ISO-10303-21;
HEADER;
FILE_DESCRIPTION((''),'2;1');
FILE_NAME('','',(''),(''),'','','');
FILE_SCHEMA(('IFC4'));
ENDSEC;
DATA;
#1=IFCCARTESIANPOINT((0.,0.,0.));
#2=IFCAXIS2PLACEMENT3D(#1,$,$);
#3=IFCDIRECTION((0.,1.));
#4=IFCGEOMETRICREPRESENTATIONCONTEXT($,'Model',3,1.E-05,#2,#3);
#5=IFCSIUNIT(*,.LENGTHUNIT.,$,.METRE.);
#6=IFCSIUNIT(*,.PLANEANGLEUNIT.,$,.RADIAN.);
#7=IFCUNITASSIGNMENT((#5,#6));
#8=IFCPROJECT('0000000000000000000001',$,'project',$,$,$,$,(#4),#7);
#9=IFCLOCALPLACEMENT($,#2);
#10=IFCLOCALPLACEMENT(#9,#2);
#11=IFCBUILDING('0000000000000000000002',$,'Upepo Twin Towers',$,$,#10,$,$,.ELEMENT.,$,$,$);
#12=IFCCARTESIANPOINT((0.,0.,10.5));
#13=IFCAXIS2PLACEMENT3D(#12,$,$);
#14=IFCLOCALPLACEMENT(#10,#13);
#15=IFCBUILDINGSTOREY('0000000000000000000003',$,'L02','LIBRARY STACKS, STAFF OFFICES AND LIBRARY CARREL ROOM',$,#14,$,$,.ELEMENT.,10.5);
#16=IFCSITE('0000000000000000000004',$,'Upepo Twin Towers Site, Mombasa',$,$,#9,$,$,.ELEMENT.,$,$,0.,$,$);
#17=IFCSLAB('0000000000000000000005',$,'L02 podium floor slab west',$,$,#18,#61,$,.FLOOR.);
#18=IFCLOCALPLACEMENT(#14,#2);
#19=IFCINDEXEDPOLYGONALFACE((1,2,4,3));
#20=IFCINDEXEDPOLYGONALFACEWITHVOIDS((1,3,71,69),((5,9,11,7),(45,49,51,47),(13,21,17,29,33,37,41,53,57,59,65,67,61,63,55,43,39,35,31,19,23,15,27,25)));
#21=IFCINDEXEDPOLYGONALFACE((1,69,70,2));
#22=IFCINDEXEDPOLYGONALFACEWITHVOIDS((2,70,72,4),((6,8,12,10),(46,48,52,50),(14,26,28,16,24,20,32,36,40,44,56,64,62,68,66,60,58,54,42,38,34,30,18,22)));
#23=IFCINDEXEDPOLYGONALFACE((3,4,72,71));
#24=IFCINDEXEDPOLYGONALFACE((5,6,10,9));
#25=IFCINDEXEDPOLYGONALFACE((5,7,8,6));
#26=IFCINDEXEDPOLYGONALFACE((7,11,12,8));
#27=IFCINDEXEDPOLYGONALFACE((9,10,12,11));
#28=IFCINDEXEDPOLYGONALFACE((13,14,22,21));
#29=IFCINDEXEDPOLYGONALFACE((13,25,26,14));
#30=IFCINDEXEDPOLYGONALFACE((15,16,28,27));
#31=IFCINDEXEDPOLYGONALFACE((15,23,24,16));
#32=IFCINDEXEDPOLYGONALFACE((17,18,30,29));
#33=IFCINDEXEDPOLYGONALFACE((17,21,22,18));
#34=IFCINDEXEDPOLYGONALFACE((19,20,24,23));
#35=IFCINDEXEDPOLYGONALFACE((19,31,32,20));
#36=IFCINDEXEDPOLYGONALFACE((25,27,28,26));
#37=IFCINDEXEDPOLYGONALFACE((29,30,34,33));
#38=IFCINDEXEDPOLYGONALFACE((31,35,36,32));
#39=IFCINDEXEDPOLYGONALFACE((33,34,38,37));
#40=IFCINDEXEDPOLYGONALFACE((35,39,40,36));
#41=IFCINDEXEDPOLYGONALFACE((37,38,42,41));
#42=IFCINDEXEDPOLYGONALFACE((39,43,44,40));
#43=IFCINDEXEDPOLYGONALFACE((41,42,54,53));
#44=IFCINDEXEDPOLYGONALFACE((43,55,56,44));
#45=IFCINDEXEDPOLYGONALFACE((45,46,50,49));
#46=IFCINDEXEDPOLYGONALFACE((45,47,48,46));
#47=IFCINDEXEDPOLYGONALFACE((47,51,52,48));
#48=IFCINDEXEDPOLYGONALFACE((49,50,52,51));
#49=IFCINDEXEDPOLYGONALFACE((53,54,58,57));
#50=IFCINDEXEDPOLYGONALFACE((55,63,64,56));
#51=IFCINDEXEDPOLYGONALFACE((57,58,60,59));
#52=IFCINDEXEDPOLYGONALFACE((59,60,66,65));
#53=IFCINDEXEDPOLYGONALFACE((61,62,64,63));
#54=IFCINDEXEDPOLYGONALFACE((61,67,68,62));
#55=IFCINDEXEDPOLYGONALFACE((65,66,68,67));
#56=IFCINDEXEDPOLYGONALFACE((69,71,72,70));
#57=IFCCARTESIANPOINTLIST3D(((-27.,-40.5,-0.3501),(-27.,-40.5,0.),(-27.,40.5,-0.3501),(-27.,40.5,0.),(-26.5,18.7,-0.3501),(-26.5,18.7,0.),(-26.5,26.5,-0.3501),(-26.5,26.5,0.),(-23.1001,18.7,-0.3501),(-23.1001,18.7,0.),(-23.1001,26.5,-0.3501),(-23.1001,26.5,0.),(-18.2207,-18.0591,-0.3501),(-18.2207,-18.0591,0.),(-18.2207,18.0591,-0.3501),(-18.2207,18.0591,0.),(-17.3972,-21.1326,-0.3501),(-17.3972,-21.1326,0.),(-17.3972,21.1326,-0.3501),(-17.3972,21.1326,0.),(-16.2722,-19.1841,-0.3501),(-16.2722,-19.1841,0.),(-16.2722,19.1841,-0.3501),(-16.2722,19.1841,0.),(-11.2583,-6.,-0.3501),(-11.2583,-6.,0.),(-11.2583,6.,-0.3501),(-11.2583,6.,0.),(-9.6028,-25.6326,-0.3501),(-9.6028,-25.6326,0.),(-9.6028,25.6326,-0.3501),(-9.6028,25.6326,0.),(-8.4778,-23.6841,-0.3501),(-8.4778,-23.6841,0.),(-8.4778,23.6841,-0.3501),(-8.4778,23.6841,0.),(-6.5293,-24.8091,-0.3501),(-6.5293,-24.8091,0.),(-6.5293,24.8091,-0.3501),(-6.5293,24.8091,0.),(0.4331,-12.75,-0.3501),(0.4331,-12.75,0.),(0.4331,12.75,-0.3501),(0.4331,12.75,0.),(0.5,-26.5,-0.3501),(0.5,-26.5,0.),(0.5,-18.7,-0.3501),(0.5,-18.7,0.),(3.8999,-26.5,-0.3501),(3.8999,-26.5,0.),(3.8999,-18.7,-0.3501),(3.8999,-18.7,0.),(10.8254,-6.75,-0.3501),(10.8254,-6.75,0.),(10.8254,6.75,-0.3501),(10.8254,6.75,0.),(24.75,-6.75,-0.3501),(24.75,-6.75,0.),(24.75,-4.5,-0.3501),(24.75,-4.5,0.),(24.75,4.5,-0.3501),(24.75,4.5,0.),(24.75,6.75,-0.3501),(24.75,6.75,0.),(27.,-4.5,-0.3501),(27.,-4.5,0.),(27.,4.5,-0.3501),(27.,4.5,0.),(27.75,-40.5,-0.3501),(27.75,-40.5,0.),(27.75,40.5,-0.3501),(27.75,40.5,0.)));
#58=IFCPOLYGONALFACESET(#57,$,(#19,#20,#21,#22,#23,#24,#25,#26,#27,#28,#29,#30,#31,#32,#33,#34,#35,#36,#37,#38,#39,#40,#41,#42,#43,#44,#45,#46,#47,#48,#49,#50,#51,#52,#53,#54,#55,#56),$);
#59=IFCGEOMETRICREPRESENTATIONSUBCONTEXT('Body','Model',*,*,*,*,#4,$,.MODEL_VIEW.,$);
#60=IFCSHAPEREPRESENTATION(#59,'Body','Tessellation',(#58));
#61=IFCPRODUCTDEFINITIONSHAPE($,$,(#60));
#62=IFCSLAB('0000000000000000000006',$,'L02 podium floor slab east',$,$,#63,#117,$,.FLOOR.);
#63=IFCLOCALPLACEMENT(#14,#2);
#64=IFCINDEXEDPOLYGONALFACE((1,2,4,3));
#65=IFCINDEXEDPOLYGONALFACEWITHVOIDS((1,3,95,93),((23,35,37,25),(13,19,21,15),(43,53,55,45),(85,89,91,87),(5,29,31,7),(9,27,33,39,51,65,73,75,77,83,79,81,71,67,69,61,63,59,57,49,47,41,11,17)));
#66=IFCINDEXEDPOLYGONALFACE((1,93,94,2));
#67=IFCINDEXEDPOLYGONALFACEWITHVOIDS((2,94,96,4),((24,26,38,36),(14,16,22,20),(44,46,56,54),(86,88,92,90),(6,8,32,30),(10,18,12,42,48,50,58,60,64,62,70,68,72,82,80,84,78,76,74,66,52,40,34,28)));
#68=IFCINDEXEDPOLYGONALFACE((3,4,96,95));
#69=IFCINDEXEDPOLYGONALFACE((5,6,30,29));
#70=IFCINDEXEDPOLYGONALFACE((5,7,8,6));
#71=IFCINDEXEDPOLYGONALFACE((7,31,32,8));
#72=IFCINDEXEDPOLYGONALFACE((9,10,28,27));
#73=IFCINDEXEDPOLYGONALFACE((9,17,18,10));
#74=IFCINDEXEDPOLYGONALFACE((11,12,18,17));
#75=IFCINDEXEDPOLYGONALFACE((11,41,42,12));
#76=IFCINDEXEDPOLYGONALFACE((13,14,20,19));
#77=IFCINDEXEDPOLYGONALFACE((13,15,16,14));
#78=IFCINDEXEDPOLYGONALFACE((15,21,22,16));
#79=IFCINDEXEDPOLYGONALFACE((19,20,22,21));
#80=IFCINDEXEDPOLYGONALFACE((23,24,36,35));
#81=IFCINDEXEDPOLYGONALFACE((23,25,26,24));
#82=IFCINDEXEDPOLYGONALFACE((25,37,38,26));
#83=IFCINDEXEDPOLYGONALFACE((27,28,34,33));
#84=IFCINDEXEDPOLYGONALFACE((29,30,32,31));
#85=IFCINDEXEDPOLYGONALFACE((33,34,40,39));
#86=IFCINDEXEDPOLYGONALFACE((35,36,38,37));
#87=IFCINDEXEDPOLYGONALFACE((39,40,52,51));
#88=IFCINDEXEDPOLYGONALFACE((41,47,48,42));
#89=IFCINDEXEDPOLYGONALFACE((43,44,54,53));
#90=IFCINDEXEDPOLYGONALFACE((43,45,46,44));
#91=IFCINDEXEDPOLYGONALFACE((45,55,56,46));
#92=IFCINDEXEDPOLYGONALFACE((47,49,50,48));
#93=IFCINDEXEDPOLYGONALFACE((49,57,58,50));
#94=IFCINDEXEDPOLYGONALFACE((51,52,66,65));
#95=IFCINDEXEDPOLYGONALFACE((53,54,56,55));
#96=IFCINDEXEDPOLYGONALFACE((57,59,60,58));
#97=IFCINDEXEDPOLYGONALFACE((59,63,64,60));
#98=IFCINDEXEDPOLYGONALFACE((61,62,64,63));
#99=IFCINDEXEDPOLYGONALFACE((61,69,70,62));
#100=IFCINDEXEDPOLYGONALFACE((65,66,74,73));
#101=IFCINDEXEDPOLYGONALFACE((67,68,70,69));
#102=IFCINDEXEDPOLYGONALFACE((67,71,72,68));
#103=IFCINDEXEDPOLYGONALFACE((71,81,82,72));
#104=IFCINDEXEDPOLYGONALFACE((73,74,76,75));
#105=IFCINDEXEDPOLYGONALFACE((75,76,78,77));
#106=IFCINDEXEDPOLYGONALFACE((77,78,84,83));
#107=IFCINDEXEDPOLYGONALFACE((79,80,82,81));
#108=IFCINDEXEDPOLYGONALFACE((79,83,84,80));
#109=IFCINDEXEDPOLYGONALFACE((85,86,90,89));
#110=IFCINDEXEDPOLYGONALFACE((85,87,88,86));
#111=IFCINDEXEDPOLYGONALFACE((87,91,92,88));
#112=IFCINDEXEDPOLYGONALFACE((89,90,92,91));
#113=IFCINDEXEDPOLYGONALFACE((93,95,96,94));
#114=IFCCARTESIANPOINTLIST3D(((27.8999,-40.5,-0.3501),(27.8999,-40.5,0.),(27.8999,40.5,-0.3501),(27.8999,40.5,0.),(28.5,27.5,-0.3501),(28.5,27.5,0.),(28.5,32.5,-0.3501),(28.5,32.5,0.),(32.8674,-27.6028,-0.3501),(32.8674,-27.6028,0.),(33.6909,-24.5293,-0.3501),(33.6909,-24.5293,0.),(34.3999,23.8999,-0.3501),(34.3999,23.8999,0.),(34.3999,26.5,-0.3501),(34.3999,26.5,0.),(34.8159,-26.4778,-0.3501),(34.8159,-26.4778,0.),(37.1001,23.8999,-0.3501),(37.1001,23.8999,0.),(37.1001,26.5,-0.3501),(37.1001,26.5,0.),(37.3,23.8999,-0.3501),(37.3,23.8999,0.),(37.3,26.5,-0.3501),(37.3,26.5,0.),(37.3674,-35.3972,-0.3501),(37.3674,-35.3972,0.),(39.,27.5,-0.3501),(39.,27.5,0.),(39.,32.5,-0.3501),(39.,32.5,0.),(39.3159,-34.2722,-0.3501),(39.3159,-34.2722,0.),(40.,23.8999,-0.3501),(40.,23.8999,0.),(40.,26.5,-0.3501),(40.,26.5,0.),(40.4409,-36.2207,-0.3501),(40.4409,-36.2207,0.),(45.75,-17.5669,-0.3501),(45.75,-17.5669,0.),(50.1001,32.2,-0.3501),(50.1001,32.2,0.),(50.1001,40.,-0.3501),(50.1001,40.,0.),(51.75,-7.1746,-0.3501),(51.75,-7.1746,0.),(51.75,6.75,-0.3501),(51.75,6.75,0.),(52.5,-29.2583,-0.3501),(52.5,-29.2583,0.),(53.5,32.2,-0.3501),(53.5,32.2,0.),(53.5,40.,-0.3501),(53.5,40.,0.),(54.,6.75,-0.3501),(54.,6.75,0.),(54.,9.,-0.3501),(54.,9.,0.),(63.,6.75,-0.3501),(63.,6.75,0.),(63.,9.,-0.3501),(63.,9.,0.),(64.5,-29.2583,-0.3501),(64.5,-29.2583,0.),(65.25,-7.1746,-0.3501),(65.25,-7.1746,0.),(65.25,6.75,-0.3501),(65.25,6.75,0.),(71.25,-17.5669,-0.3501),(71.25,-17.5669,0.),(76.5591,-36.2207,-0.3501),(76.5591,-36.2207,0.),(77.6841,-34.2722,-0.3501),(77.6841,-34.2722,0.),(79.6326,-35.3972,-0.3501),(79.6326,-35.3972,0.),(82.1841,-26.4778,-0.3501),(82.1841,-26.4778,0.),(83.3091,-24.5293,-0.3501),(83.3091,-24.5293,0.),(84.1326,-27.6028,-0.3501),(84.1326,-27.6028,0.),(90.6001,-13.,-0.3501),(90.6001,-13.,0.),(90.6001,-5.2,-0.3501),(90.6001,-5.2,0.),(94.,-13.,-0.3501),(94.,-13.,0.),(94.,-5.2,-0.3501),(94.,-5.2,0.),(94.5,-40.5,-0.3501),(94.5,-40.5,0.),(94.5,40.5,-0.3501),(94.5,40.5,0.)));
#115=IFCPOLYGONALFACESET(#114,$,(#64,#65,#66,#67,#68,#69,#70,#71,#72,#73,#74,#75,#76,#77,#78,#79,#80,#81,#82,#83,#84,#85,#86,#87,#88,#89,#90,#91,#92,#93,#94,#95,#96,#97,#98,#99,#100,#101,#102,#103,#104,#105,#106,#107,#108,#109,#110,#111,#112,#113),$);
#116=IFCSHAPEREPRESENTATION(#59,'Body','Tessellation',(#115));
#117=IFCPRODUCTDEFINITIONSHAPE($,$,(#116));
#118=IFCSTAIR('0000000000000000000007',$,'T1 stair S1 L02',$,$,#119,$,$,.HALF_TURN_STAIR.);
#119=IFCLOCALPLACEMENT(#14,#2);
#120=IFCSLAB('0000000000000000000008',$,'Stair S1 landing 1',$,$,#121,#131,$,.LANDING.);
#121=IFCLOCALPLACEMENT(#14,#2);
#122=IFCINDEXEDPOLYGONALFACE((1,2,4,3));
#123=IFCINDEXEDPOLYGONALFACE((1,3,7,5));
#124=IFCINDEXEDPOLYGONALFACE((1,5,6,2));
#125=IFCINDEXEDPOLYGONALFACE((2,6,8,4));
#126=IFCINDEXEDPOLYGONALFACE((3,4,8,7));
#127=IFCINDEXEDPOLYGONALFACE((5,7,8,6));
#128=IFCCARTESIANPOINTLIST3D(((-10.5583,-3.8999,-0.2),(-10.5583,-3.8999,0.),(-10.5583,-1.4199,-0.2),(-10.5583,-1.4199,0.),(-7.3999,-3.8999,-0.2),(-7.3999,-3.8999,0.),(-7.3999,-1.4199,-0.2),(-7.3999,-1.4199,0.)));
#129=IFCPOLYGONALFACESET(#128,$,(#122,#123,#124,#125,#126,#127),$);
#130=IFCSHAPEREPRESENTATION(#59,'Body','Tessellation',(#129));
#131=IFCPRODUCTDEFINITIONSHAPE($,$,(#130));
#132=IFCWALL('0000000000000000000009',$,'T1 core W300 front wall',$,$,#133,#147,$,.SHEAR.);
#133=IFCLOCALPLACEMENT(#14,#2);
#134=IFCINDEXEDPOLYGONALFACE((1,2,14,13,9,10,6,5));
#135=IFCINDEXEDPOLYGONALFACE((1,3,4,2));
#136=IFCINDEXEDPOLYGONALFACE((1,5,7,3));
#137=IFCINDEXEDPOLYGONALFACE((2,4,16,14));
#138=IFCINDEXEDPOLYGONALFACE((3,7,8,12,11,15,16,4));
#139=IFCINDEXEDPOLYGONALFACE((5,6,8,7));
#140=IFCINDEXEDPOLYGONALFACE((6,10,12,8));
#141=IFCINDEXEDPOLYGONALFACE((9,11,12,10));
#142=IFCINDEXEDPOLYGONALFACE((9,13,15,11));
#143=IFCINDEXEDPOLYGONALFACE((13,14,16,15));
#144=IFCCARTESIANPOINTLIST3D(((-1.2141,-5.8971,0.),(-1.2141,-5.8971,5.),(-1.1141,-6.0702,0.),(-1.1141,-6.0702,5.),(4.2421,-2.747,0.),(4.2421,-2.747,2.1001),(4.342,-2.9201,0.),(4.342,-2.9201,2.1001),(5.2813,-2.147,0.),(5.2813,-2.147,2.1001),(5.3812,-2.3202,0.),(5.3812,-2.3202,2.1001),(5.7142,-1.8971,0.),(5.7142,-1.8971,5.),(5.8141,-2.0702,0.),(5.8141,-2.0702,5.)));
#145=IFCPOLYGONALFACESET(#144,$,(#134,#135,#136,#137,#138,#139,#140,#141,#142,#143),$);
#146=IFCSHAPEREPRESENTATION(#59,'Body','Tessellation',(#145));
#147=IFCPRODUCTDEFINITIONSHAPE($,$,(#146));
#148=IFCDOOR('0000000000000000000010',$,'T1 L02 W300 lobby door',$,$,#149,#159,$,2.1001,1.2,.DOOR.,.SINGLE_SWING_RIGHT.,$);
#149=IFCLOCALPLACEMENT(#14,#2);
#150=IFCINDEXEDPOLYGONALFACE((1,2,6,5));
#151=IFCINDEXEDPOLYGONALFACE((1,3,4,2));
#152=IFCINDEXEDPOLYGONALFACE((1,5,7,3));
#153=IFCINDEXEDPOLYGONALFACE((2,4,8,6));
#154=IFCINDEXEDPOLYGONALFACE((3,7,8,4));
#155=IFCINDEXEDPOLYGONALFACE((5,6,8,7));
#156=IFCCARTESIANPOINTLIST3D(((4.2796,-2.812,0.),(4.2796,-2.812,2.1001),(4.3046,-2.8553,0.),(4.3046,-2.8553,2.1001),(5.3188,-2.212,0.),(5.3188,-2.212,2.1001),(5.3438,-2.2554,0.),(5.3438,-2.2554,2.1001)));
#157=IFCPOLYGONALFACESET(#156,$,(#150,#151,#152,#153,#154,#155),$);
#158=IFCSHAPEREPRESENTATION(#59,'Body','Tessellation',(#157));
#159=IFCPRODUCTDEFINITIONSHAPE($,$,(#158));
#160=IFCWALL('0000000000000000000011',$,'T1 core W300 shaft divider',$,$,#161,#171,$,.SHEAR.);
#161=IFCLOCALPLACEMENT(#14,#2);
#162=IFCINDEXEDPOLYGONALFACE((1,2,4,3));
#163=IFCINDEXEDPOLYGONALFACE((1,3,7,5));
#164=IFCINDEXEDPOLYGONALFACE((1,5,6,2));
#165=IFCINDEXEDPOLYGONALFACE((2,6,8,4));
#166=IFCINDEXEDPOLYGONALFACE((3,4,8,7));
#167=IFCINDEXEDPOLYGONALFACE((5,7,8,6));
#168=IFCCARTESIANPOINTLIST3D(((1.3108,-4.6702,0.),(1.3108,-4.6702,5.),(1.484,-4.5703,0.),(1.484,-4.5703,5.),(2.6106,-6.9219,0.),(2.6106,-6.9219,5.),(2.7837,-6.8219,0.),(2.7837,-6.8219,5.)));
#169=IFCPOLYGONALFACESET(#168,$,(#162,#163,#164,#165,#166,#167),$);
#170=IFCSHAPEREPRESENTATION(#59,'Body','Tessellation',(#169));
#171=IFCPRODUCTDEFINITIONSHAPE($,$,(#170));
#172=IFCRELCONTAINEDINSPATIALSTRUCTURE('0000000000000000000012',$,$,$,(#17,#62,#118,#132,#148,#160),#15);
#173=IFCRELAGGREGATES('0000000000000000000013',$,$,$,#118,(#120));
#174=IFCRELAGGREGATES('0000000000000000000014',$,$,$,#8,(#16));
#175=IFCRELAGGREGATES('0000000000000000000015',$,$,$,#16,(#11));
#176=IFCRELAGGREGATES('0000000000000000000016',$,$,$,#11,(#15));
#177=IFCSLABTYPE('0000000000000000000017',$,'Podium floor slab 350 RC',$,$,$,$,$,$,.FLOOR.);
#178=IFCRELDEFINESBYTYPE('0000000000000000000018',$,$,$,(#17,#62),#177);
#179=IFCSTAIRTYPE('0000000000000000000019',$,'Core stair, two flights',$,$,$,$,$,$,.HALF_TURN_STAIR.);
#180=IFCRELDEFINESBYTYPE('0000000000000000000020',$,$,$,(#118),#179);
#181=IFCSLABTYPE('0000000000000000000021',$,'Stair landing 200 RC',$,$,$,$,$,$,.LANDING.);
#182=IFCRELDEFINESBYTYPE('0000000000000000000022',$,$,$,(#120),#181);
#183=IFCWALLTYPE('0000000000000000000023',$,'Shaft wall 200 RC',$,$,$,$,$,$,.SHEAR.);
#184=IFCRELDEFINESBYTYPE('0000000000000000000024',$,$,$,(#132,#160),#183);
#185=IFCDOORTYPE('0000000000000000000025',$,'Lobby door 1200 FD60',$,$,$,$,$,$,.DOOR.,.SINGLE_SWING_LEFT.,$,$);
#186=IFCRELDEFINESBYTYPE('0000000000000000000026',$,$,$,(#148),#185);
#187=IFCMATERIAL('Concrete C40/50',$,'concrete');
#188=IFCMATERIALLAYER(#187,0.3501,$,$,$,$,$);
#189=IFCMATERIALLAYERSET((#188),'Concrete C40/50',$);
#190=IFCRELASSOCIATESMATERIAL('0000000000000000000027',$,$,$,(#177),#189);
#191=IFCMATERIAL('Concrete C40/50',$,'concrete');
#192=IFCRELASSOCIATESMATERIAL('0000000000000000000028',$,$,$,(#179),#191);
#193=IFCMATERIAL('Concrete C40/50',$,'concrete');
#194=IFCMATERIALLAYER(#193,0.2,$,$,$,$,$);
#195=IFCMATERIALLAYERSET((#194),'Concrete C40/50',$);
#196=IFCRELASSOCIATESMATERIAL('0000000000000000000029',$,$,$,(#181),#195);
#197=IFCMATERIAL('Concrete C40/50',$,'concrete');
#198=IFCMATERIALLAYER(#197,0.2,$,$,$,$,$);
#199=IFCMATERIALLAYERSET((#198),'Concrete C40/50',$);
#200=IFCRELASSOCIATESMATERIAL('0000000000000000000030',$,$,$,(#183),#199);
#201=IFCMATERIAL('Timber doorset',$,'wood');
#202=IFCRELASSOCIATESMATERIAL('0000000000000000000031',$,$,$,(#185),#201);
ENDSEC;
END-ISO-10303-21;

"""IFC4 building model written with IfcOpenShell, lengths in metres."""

from ifc_helpers import new_model, si_unit, direction, frame, frame_2d, origin, place, context, subcontext, project, spatial, polyline, rectangle, outline, extrude, material, layer, layer_set, type_object, element, fill, aggregate, save


model = new_model("IFC4")

# Units and contexts
model_context = context("Model", 3, precision=1e-05, world=origin(), true_north=direction((0.0, 1.0)))
body_context = subcontext(model_context, "Body", "Model", "MODEL_VIEW")
ifc_project = project(units=[si_unit("LENGTHUNIT", "METRE"), si_unit("PLANEANGLEUNIT", "RADIAN")], contexts=[model_context])

# Site, building, storey
site_placement = place(None, origin())
site = spatial("IfcSite", under=ifc_project, at=site_placement, Name="Upepo Twin Towers Site, Mombasa", CompositionType="ELEMENT", RefElevation=0.0)
building_placement = place(site_placement, origin())
building = spatial("IfcBuilding", under=site, at=building_placement, Name="Upepo Twin Towers", CompositionType="ELEMENT")
storey_placement = place(building_placement, frame((0.0, 0.0, 10.5)))
storey = spatial("IfcBuildingStorey", under=building, at=storey_placement, Name="L02", Description="LIBRARY STACKS, STAFF OFFICES AND LIBRARY CARREL ROOM", CompositionType="ELEMENT", Elevation=10.5)

# Slabs
ifc_material_1 = material(Name="Concrete C40/50", Category="concrete")
ifc_layer_1 = layer(ifc_material_1, 0.3501)
ifc_layer_set_1 = layer_set([ifc_layer_1], Name="Concrete C40/50")
slab_type_1 = type_object("IfcSlabType", Name="Podium floor slab 350 RC", PredefinedType="FLOOR", material=ifc_layer_set_1)
slab_1_placement = place(storey_placement, frame((0.0, 0.0, -0.3501)))
element("IfcSlab", 1, at=slab_1_placement, inside=storey, type_object=slab_type_1, Name="L02 podium floor slab west", PredefinedType="FLOOR", context=body_context, shape_type="SweptSolid", body=[
    extrude(outline(polyline([(27.75, 40.5), (27.75, -40.5), (-27.0, -40.5), (-27.0, 40.5), (27.75, 40.5)]), holes=[polyline([(-8.4778, -23.6841), (-9.6028, -25.6326), (-17.3972, -21.1326), (-16.2722, -19.1841), (-18.2207, -18.0591), (-11.2583, -6.0), (-11.2583, 6.0), (-18.2207, 18.0591), (-16.2722, 19.1841), (-17.3972, 21.1326), (-9.6028, 25.6326), (-8.4778, 23.6841), (-6.5293, 24.8091), (0.4331, 12.75), (10.8254, 6.75), (24.75, 6.75), (24.75, 4.5), (27.0, 4.5), (27.0, -4.5), (24.75, -4.5), (24.75, -6.75), (10.8254, -6.75), (0.4331, -12.75), (-6.5293, -24.8091), (-8.4778, -23.6841)]), polyline([(-23.1001, 18.7), (-23.1001, 26.5), (-26.5, 26.5), (-26.5, 18.7), (-23.1001, 18.7)]), polyline([(3.8999, -26.5), (3.8999, -18.7), (0.5, -18.7), (0.5, -26.5), (3.8999, -26.5)])]), origin(), (0.0, 0.0, 1.0), 0.3501),
])
slab_2_placement = place(storey_placement, frame((0.0, 0.0, -0.3501)))
element("IfcSlab", 2, at=slab_2_placement, inside=storey, type_object=slab_type_1, Name="L02 podium floor slab east", PredefinedType="FLOOR", context=body_context, shape_type="SweptSolid", body=[
    extrude(outline(polyline([(94.5, -40.5), (27.8999, -40.5), (27.8999, 40.5), (94.5, 40.5), (94.5, -40.5)]), holes=[polyline([(82.1841, -26.4778), (84.1326, -27.6028), (79.6326, -35.3972), (77.6841, -34.2722), (76.5591, -36.2207), (64.5, -29.2583), (52.5, -29.2583), (40.4409, -36.2207), (39.3159, -34.2722), (37.3674, -35.3972), (32.8674, -27.6028), (34.8159, -26.4778), (33.6909, -24.5293), (45.75, -17.5669), (51.75, -7.1746), (51.75, 6.75), (54.0, 6.75), (54.0, 9.0), (63.0, 9.0), (63.0, 6.75), (65.25, 6.75), (65.25, -7.1746), (71.25, -17.5669), (83.3091, -24.5293), (82.1841, -26.4778)]), polyline([(94.0, -13.0), (94.0, -5.2), (90.6001, -5.2), (90.6001, -13.0), (94.0, -13.0)]), polyline([(53.5, 32.2), (53.5, 40.0), (50.1001, 40.0), (50.1001, 32.2), (53.5, 32.2)]), polyline([(40.0, 23.8999), (40.0, 26.5), (37.3, 26.5), (37.3, 23.8999), (40.0, 23.8999)]), polyline([(37.1001, 23.8999), (37.1001, 26.5), (34.3999, 26.5), (34.3999, 23.8999), (37.1001, 23.8999)]), polyline([(39.0, 27.5), (39.0, 32.5), (28.5, 32.5), (28.5, 27.5), (39.0, 27.5)])]), origin(), (0.0, 0.0, 1.0), 0.3501),
])

# Stair, slab
ifc_material_2 = material(Name="Concrete C40/50", Category="concrete")
stair_type = type_object("IfcStairType", Name="Core stair, two flights", PredefinedType="HALF_TURN_STAIR", material=ifc_material_2)
stair_1_placement = place(storey_placement, origin())
stair_1 = element("IfcStair", 3, at=stair_1_placement, inside=storey, type_object=stair_type, Name="T1 stair S1 L02", PredefinedType="HALF_TURN_STAIR")
ifc_material_3 = material(Name="Concrete C40/50", Category="concrete")
ifc_layer_2 = layer(ifc_material_3, 0.2)
ifc_layer_set_2 = layer_set([ifc_layer_2], Name="Concrete C40/50")
slab_type_2 = type_object("IfcSlabType", Name="Stair landing 200 RC", PredefinedType="LANDING", material=ifc_layer_set_2)
slab_3_placement = place(storey_placement, frame((0.0, 0.0, -0.2)))
slab_3 = element("IfcSlab", 4, at=slab_3_placement, type_object=slab_type_2, Name="Stair S1 landing 1", PredefinedType="LANDING", context=body_context, shape_type="SweptSolid", body=[
    extrude(outline(polyline([(-7.3999, -1.4199), (-10.5583, -1.4199), (-10.5583, -3.8999), (-7.3999, -3.8999), (-7.3999, -1.4199)])), origin(), (0.0, 0.0, 1.0), 0.2),
])
aggregate(stair_1, [slab_3])

# Wall, opening, door
ifc_material_4 = material(Name="Concrete C40/50", Category="concrete")
ifc_layer_3 = layer(ifc_material_4, 0.2)
ifc_layer_set_3 = layer_set([ifc_layer_3], Name="Concrete C40/50")
wall_type_1 = type_object("IfcWallType", Name="Shaft wall 200 RC", PredefinedType="SHEAR", material=ifc_layer_set_3)
wall_1_placement = place(storey_placement, frame((-1.1641, -5.9836, 0.0), z_axis=(0.0, 0.0, 1.0), x_axis=(0.866026, 0.499999, 0.0)))
wall_1 = element("IfcWall", 5, at=wall_1_placement, inside=storey, type_object=wall_type_1, Name="T1 core W300 front wall", PredefinedType="SHEAR", context=body_context, shape_type="SweptSolid", body=[
    extrude(rectangle(XDim=8.0, YDim=0.2, at=frame_2d((4.0, 0.0))), origin(), (0.0, 0.0, 1.0), 5.0),
])
opening_1_placement = place(wall_1_placement, frame((6.3, 0.0, 0.0)))
opening_1 = element("IfcOpeningElement", 6, at=opening_1_placement, cuts=wall_1, PredefinedType="OPENING", context=body_context, shape_type="SweptSolid", body=[
    extrude(rectangle(XDim=1.2, YDim=2.1001, at=frame_2d((0.6001, 1.05))), frame((0.0, 0.1099, 0.0), z_axis=(0.0, -1.0, 0.0), x_axis=(1.0, 0.0, 0.0)), (0.0, 0.0, 1.0), 0.22),
])
ifc_material_5 = material(Name="Timber doorset", Category="wood")
door_type_1 = type_object("IfcDoorType", Name="Lobby door 1200 FD60", OperationType="SINGLE_SWING_LEFT", PredefinedType="DOOR", material=ifc_material_5)
door_1_placement = place(opening_1_placement, origin())
door_1 = element("IfcDoor", 7, at=door_1_placement, inside=storey, type_object=door_type_1, Name="T1 L02 W300 lobby door", OperationType="SINGLE_SWING_RIGHT", OverallHeight=2.1001, OverallWidth=1.2, PredefinedType="DOOR", context=body_context, shape_type="SweptSolid", body=[
    extrude(rectangle(XDim=1.2, YDim=2.1001, at=frame_2d((0.6001, 1.05))), frame((0.0, 0.0249, 0.0), z_axis=(0.0, -1.0, 0.0), x_axis=(1.0, 0.0, 0.0)), (0.0, 0.0, 1.0), 0.05),
])
fill(opening_1, door_1)

# Wall
wall_2_placement = place(storey_placement, frame((1.3975, -4.6204, 0.0), z_axis=(0.0, 0.0, 1.0), x_axis=(0.499937, -0.866062, 0.0)))
element("IfcWall", 8, at=wall_2_placement, inside=storey, type_object=wall_type_1, Name="T1 core W300 shaft divider", PredefinedType="SHEAR", context=body_context, shape_type="SweptSolid", body=[
    extrude(rectangle(XDim=2.5999, YDim=0.2, at=frame_2d((1.2998, 0.0))), origin(), (0.0, 0.0, 1.0), 5.0),
])

save(model, "model.ifc")
